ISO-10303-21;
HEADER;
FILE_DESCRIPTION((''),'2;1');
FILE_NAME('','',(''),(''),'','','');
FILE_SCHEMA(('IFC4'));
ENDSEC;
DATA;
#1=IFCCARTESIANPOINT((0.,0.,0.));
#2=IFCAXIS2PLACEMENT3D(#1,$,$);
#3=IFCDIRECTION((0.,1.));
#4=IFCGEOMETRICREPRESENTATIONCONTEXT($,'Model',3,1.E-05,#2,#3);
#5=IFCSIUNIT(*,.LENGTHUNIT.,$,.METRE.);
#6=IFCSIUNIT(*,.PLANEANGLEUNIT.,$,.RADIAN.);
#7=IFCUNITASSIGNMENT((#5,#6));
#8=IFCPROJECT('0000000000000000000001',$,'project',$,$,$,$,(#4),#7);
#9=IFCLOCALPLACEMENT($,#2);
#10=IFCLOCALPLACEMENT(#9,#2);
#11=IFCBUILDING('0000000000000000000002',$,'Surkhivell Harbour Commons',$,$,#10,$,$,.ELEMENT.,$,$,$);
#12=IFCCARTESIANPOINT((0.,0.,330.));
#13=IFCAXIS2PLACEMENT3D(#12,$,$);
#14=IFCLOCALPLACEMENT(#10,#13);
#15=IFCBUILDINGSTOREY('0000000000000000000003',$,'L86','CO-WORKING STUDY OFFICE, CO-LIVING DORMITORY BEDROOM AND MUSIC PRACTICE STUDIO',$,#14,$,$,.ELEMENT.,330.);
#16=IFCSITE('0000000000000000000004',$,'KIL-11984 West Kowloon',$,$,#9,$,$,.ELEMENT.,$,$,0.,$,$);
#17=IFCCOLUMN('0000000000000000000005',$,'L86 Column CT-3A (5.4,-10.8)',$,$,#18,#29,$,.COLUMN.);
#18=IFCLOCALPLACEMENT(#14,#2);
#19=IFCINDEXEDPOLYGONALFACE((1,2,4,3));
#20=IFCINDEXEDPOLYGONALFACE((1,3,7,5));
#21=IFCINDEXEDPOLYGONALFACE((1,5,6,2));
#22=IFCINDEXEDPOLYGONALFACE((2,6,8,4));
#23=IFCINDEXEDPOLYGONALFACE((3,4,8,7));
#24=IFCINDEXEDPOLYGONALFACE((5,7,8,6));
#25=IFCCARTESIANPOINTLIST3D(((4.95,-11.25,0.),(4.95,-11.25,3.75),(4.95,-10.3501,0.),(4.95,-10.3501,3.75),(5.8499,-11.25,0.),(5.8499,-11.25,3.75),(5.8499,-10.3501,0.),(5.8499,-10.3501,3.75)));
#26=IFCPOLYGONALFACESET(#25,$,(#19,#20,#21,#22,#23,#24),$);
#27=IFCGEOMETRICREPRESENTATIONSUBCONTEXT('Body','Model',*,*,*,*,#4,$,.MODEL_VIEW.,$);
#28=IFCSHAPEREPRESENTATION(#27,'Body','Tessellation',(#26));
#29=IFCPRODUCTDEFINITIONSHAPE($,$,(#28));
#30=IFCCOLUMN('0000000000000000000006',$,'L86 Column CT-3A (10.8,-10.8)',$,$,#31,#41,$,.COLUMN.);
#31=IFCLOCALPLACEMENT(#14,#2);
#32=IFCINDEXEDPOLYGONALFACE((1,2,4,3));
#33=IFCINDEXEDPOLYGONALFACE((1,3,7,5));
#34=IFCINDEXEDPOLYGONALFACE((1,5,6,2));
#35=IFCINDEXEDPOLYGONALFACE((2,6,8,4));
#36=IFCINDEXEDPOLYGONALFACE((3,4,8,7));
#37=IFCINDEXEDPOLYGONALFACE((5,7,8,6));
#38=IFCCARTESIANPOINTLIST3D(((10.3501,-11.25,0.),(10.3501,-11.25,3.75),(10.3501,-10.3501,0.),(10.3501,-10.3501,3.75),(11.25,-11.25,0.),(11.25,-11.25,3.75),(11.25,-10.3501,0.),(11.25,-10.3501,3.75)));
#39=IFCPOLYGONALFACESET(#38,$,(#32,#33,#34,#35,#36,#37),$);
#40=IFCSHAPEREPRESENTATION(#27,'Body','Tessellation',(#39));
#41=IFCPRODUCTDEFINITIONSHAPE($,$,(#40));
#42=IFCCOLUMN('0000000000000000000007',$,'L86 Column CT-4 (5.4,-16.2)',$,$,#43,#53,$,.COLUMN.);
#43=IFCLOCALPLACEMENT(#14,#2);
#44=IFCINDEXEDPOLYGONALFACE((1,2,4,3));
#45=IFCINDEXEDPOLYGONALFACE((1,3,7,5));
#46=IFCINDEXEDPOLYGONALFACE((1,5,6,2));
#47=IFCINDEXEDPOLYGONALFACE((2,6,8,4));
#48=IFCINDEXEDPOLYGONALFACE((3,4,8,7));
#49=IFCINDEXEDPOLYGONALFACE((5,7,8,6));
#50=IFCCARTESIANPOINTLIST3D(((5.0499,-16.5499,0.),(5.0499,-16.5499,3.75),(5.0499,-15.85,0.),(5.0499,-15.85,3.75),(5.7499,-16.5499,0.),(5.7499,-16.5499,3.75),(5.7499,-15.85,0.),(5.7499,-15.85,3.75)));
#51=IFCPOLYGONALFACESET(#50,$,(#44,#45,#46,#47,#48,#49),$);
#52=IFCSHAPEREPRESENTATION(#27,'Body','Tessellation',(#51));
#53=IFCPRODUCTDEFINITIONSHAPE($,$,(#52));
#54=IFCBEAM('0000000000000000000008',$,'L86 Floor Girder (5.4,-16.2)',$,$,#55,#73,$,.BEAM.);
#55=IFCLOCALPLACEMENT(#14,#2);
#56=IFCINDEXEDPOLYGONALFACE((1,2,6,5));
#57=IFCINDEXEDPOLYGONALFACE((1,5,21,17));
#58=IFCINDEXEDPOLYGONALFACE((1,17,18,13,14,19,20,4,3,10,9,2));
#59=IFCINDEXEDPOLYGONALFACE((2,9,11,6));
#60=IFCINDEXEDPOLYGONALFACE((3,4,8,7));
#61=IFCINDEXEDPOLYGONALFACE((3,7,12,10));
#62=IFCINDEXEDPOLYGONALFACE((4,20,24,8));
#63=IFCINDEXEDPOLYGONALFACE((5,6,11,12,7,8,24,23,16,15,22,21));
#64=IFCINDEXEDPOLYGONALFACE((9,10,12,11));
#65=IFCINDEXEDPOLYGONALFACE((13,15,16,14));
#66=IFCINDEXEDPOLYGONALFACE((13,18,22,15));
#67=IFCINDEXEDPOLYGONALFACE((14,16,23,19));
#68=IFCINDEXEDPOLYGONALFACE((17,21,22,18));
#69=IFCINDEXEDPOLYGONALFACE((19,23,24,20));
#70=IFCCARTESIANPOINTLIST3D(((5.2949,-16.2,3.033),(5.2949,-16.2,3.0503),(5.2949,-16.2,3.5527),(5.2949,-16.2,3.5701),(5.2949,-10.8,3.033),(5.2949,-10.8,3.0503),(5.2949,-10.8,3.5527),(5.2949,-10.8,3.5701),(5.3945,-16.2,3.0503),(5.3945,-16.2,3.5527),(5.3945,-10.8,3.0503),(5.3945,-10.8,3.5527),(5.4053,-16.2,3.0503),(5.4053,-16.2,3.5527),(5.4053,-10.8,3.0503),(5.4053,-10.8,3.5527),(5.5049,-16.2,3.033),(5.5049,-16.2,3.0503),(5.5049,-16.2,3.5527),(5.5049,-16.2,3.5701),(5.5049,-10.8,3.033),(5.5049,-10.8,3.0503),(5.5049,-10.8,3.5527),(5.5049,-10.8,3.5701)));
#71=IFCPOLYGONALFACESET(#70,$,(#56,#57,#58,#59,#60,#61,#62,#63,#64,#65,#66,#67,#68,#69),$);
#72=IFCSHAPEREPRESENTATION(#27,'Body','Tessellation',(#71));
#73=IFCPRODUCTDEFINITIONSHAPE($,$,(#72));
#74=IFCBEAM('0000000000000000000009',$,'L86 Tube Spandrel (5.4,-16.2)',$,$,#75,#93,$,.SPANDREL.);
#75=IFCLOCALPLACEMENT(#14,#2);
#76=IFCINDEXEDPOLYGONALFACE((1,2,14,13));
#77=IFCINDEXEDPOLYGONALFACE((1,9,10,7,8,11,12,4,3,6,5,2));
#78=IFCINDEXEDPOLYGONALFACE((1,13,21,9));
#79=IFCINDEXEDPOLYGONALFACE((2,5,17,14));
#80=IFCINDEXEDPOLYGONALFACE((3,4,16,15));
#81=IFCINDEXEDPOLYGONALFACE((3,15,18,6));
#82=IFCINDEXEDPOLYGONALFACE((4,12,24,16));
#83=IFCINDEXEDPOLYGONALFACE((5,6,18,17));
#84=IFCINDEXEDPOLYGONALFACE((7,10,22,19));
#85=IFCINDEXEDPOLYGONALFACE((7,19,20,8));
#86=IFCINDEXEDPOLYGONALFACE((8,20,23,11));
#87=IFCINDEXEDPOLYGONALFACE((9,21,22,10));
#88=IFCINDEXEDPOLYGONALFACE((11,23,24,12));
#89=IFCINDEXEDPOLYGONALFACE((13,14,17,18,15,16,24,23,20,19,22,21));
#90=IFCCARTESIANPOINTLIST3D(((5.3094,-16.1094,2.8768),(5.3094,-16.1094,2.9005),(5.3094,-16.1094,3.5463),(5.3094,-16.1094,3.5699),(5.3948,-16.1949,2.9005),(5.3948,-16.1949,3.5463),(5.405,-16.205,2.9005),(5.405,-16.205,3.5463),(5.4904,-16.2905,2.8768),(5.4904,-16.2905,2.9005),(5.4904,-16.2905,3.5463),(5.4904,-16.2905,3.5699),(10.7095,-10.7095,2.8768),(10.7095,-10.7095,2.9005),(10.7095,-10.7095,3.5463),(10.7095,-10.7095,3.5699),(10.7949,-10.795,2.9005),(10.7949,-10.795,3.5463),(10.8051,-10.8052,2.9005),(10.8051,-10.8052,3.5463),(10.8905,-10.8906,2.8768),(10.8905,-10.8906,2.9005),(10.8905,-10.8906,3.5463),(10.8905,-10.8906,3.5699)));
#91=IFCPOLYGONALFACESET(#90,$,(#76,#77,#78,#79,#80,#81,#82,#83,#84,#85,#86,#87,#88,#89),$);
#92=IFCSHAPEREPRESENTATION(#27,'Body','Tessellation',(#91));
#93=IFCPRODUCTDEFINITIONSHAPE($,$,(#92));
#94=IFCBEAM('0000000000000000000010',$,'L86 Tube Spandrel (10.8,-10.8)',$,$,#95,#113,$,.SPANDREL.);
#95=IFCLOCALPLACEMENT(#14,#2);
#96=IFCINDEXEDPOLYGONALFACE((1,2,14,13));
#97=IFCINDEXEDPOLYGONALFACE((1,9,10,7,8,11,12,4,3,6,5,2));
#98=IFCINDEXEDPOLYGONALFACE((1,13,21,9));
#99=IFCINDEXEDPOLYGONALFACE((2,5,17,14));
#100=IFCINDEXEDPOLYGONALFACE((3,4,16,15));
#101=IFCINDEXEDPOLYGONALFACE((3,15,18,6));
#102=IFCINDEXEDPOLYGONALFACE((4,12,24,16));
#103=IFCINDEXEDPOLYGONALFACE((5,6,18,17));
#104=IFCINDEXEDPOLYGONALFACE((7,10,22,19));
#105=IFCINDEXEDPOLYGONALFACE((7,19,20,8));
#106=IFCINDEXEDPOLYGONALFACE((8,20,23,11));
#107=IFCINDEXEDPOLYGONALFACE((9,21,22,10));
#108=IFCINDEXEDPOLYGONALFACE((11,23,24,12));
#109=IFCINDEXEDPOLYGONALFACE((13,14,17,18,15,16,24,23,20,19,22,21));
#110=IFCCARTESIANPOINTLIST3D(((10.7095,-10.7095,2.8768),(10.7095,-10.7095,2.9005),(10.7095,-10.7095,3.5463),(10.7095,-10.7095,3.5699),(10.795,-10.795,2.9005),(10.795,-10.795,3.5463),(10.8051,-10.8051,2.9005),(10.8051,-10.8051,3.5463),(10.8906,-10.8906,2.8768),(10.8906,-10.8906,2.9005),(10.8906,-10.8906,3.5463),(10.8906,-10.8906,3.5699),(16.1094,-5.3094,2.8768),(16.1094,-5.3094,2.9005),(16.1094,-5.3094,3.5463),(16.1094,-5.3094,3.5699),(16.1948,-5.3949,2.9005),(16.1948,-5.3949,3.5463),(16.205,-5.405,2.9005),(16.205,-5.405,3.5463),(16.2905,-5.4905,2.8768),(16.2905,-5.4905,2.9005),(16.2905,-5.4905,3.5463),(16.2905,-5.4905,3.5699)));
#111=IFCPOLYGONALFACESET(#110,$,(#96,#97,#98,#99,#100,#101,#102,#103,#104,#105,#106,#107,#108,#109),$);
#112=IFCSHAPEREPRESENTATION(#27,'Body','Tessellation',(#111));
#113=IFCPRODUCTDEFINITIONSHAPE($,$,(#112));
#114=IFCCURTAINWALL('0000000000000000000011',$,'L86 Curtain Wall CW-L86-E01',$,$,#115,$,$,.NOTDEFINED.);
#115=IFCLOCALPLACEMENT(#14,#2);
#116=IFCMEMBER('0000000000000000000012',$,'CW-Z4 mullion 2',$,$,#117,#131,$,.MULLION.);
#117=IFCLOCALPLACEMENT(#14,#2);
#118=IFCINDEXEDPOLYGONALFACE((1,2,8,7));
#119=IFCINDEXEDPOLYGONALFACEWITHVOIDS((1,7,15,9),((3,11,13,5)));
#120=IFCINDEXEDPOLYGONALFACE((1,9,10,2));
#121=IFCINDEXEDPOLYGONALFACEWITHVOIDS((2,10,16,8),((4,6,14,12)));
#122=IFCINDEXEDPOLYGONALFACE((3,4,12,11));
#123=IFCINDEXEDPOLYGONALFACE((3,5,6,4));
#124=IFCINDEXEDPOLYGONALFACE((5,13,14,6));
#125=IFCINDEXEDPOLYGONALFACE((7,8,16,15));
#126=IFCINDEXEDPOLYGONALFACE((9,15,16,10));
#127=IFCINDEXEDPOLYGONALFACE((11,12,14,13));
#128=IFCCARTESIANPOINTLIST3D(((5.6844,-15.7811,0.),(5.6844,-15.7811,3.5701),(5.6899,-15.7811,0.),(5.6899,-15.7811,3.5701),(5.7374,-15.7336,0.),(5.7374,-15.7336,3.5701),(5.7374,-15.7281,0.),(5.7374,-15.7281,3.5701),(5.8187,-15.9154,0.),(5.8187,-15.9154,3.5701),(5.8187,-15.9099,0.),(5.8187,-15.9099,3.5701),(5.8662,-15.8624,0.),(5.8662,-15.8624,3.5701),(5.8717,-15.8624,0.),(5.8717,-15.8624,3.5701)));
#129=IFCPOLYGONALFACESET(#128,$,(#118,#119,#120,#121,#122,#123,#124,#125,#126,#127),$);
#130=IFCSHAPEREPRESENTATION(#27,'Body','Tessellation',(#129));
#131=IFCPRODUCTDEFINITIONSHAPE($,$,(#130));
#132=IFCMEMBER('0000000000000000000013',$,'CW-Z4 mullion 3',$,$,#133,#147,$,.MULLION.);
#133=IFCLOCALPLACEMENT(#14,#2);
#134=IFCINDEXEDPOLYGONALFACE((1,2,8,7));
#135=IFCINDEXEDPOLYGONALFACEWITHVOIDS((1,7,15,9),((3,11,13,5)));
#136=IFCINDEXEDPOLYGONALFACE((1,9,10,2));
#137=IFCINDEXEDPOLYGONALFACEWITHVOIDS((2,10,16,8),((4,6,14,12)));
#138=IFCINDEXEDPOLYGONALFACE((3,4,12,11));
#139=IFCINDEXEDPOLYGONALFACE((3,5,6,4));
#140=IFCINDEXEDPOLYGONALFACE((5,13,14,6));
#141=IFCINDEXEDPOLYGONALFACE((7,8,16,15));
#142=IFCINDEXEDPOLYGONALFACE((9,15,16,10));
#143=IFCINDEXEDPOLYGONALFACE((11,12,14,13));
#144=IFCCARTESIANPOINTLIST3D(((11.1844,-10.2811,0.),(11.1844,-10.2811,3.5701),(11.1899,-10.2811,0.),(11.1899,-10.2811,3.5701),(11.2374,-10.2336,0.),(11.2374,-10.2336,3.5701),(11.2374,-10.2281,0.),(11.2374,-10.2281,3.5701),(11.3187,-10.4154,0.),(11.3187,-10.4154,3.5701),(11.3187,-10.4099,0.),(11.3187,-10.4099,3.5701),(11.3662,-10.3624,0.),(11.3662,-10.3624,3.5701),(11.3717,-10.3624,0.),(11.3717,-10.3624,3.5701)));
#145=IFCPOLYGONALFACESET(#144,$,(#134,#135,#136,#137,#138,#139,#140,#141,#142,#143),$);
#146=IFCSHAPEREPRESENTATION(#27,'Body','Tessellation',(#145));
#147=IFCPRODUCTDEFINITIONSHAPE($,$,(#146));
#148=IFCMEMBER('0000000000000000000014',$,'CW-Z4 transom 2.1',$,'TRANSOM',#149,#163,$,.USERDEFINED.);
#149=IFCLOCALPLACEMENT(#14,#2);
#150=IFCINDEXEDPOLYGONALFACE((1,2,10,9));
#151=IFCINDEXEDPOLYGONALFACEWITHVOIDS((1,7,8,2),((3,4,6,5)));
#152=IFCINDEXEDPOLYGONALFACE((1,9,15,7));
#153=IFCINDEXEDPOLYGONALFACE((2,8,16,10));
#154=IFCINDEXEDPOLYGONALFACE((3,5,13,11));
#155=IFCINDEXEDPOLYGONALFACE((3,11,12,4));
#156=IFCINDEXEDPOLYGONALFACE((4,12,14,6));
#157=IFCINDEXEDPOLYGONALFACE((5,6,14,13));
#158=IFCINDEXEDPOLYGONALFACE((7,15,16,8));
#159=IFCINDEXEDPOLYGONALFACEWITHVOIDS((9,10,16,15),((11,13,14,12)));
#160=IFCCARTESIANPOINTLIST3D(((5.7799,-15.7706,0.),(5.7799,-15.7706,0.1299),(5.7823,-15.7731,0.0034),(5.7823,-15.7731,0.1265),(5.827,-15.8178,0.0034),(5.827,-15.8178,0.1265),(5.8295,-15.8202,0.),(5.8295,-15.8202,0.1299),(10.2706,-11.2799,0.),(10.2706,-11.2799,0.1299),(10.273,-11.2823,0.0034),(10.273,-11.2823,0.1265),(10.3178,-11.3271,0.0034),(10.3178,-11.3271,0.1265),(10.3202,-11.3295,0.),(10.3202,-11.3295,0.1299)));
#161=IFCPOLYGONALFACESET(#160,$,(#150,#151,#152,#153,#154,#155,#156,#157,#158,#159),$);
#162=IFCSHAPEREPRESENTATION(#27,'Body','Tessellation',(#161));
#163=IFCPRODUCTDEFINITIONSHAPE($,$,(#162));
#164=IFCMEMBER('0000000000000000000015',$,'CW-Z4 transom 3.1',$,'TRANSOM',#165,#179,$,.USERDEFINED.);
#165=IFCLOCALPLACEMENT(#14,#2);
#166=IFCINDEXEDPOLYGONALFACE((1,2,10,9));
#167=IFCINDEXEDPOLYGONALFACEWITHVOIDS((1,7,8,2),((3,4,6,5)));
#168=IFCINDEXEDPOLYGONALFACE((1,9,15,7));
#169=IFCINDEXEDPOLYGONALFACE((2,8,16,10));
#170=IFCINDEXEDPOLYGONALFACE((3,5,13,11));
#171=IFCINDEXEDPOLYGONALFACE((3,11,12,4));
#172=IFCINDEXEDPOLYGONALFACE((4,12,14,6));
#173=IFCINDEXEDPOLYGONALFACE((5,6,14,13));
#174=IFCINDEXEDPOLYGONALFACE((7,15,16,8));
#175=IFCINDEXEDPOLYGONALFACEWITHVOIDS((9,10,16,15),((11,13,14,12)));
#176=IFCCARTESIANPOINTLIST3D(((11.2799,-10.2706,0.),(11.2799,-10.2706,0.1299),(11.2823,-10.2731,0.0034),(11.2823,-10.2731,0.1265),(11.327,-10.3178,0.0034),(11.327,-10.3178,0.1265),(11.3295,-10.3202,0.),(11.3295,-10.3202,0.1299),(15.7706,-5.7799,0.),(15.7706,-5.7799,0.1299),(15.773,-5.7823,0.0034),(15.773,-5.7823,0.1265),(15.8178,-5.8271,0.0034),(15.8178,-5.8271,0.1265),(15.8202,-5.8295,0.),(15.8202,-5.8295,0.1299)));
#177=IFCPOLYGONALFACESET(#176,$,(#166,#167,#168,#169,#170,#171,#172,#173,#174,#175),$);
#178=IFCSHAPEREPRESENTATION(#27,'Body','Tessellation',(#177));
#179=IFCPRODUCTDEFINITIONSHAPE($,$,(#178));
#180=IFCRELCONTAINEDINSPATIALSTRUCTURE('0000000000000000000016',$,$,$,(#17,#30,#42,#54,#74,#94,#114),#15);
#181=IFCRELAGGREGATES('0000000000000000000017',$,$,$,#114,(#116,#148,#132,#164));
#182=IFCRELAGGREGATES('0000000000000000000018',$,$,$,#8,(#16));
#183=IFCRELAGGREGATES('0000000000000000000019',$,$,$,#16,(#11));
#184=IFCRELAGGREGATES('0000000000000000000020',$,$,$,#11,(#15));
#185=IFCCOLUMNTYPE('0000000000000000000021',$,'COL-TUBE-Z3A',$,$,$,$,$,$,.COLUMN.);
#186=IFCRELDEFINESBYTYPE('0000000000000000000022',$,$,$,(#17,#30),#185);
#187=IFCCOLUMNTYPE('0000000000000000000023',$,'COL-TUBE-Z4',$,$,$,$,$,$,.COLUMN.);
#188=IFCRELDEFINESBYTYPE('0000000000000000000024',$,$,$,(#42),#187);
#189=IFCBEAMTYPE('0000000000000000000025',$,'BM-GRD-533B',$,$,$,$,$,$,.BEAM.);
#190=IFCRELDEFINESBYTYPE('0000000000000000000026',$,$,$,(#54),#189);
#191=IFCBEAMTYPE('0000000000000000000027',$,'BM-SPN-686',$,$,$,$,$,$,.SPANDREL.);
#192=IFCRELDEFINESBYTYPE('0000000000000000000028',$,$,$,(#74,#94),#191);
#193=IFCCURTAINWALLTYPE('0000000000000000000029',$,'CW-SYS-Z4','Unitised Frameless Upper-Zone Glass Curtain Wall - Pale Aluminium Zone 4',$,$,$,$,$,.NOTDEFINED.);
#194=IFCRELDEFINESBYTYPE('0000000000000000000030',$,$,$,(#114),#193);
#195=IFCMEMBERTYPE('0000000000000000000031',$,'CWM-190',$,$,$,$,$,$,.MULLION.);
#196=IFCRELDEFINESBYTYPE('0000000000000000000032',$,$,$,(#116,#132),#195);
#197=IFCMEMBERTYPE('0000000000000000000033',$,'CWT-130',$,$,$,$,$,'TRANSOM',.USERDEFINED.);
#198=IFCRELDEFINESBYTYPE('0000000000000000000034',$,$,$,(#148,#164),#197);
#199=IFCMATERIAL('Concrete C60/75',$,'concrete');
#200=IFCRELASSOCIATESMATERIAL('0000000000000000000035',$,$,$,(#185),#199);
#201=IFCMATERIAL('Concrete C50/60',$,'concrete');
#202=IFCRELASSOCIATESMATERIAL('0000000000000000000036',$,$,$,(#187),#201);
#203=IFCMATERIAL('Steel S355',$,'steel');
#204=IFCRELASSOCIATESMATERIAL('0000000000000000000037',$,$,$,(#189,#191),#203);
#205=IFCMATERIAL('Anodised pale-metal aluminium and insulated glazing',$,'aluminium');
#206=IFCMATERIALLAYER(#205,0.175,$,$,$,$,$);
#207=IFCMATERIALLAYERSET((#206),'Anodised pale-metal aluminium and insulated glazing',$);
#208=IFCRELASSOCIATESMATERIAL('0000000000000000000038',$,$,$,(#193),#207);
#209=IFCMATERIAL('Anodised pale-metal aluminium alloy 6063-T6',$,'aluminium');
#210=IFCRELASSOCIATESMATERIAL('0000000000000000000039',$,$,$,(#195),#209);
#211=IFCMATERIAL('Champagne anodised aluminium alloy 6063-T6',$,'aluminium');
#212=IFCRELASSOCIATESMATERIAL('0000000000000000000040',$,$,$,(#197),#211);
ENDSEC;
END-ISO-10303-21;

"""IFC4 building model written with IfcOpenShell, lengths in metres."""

from ifc_helpers import new_model, si_unit, direction, frame, origin, origin_2d, place, context, subcontext, project, spatial, rectangle, hollow_rectangle, i_section, extrude, material, layer, layer_set, material_profile, profile_set, type_object, element, aggregate, save


model = new_model("IFC4")

# Units and contexts
model_context = context("Model", 3, precision=1e-05, world=origin(), true_north=direction((0.0, 1.0)))
body_context = subcontext(model_context, "Body", "Model", "MODEL_VIEW")
ifc_project = project(units=[si_unit("LENGTHUNIT", "METRE"), si_unit("PLANEANGLEUNIT", "RADIAN")], contexts=[model_context])

# Site, building, storey
site_placement = place(None, origin())
site = spatial("IfcSite", under=ifc_project, at=site_placement, Name="KIL-11984 West Kowloon", CompositionType="ELEMENT", RefElevation=0.0)
building_placement = place(site_placement, origin())
building = spatial("IfcBuilding", under=site, at=building_placement, Name="Surkhivell Harbour Commons", CompositionType="ELEMENT")
storey_placement = place(building_placement, frame((0.0, 0.0, 330.0)))
storey = spatial("IfcBuildingStorey", under=building, at=storey_placement, Name="L86", Description="CO-WORKING STUDY OFFICE, CO-LIVING DORMITORY BEDROOM AND MUSIC PRACTICE STUDIO", CompositionType="ELEMENT", Elevation=330.0)

# Columns
ifc_material_1 = material(Name="Concrete C60/75", Category="concrete")
ifc_material_profile_1 = material_profile(ifc_material_1, rectangle(XDim=0.8999, YDim=0.8999, at=origin_2d()), Name="RC-COL-900x900")
ifc_profile_set_1 = profile_set([ifc_material_profile_1], Name="Concrete C60/75")
column_type_1 = type_object("IfcColumnType", Name="COL-TUBE-Z3A", PredefinedType="COLUMN", material=ifc_profile_set_1)
for number, where, z_axis, x_axis, name in (
    (1, (5.3999, -10.8, 0.0), (0.0, 0.0, 1.0), (1.0, 0.0, 0.0), "L86 Column CT-3A (5.4,-10.8)"),
    (2, (10.8, -10.8, 0.0), (0.0, 0.0, 1.0), (1.0, 0.0, 0.0), "L86 Column CT-3A (10.8,-10.8)"),
):
    element("IfcColumn", number, at=place(storey_placement, frame(where, z_axis=z_axis, x_axis=x_axis)), inside=storey, type_object=column_type_1, Name=name, PredefinedType="COLUMN", context=body_context, shape_type="SweptSolid", body=[
        extrude(rectangle(XDim=0.8999, YDim=0.8999, at=origin_2d()), origin(), (0.0, 0.0, 1.0), 3.75),
    ])
ifc_material_2 = material(Name="Concrete C50/60", Category="concrete")
ifc_material_profile_2 = material_profile(ifc_material_2, rectangle(XDim=0.7, YDim=0.7, at=origin_2d()), Name="RC-COL-700x700")
ifc_profile_set_2 = profile_set([ifc_material_profile_2], Name="Concrete C50/60")
column_type_2 = type_object("IfcColumnType", Name="COL-TUBE-Z4", PredefinedType="COLUMN", material=ifc_profile_set_2)
column_placement = place(storey_placement, frame((5.3999, -16.2, 0.0), z_axis=(0.0, 0.0, 1.0), x_axis=(1.0, 0.0, 0.0)))
element("IfcColumn", 3, at=column_placement, inside=storey, type_object=column_type_2, Name="L86 Column CT-4 (5.4,-16.2)", PredefinedType="COLUMN", context=body_context, shape_type="SweptSolid", body=[
    extrude(rectangle(XDim=0.7, YDim=0.7, at=origin_2d()), origin(), (0.0, 0.0, 1.0), 3.75),
])

# Beams
ifc_material_3 = material(Name="Steel S355", Category="steel")
ifc_material_profile_3 = material_profile(ifc_material_3, i_section(OverallWidth=0.21, OverallDepth=0.5371, WebThickness=0.0107, FlangeThickness=0.0173, at=origin_2d()), Name="UB533x210x101")
ifc_profile_set_3 = profile_set([ifc_material_profile_3], Name="Steel S355")
beam_type_1 = type_object("IfcBeamType", Name="BM-GRD-533B", PredefinedType="BEAM", material=ifc_profile_set_3)
beam_placement = place(storey_placement, frame((5.3999, -16.2, 3.3015), z_axis=(0.0, 1.0, 0.0), x_axis=(-1.0, 0.0, 0.0)))
element("IfcBeam", 4, at=beam_placement, inside=storey, type_object=beam_type_1, Name="L86 Floor Girder (5.4,-16.2)", PredefinedType="BEAM", context=body_context, shape_type="SweptSolid", body=[
    extrude(i_section(OverallWidth=0.21, OverallDepth=0.5371, WebThickness=0.0107, FlangeThickness=0.0173, at=origin_2d()), origin(), (0.0, 0.0, 1.0), 5.3999),
])
ifc_material_profile_4 = material_profile(ifc_material_3, i_section(OverallWidth=0.2561, OverallDepth=0.6931, WebThickness=0.0144, FlangeThickness=0.0237, at=origin_2d()), Name="UB686x254x170")
ifc_profile_set_4 = profile_set([ifc_material_profile_4], Name="Steel S355")
beam_type_2 = type_object("IfcBeamType", Name="BM-SPN-686", PredefinedType="SPANDREL", material=ifc_profile_set_4)
for number, where, z_axis, x_axis, name in (
    (5, (5.3999, -16.2, 3.2234), (0.707123, 0.707091, 0.0), (-0.707091, 0.707123, 0.0), "L86 Tube Spandrel (5.4,-16.2)"),
    (6, (10.8, -10.8, 3.2234), (0.707091, 0.707123, 0.0), (-0.707123, 0.707091, 0.0), "L86 Tube Spandrel (10.8,-10.8)"),
):
    element("IfcBeam", number, at=place(storey_placement, frame(where, z_axis=z_axis, x_axis=x_axis)), inside=storey, type_object=beam_type_2, Name=name, PredefinedType="SPANDREL", context=body_context, shape_type="SweptSolid", body=[
        extrude(i_section(OverallWidth=0.2561, OverallDepth=0.6931, WebThickness=0.0144, FlangeThickness=0.0237, at=origin_2d()), origin(), (0.0, 0.0, 1.0), 7.6367),
    ])

# Curtain wall, members
ifc_material_4 = material(Name="Anodised pale-metal aluminium and insulated glazing", Category="aluminium")
ifc_layer_1 = layer(ifc_material_4, 0.175)
ifc_layer_set_1 = layer_set([ifc_layer_1], Name="Anodised pale-metal aluminium and insulated glazing")
curtain_wall_type = type_object("IfcCurtainWallType", Name="CW-SYS-Z4", Description="Unitised Frameless Upper-Zone Glass Curtain Wall - Pale Aluminium Zone 4", PredefinedType="NOTDEFINED", material=ifc_layer_set_1)
curtain_wall_placement = place(storey_placement, origin())
curtain_wall = element("IfcCurtainWall", 7, at=curtain_wall_placement, inside=storey, type_object=curtain_wall_type, Name="L86 Curtain Wall CW-L86-E01", PredefinedType="NOTDEFINED")
ifc_material_5 = material(Name="Anodised pale-metal aluminium alloy 6063-T6", Category="aluminium")
ifc_material_profile_5 = material_profile(ifc_material_5, hollow_rectangle(XDim=0.075, YDim=0.1899, WallThickness=0.0039, at=origin_2d()), Name="ALU-MULL-75x190")
ifc_profile_set_5 = profile_set([ifc_material_profile_5], Name="Anodised pale-metal aluminium alloy 6063-T6")
member_type_1 = type_object("IfcMemberType", Name="CWM-190", PredefinedType="MULLION", material=ifc_profile_set_5)
member_1_placement = place(storey_placement, frame((5.7781, -15.8218, 0.0), z_axis=(0.0, 0.0, 1.0), x_axis=(0.707107, 0.707107, 0.0)))
member_1 = element("IfcMember", 8, at=member_1_placement, type_object=member_type_1, Name="CW-Z4 mullion 2", PredefinedType="MULLION", context=body_context, shape_type="SweptSolid", body=[
    extrude(hollow_rectangle(XDim=0.075, YDim=0.1899, WallThickness=0.0039, at=origin_2d()), origin(), (0.0, 0.0, 1.0), 3.5701),
])
member_2_placement = place(storey_placement, frame((11.2781, -10.3218, 0.0), z_axis=(0.0, 0.0, 1.0), x_axis=(0.707107, 0.707107, 0.0)))
member_2 = element("IfcMember", 9, at=member_2_placement, type_object=member_type_1, Name="CW-Z4 mullion 3", PredefinedType="MULLION", context=body_context, shape_type="SweptSolid", body=[
    extrude(hollow_rectangle(XDim=0.075, YDim=0.1899, WallThickness=0.0039, at=origin_2d()), origin(), (0.0, 0.0, 1.0), 3.5701),
])
ifc_material_6 = material(Name="Champagne anodised aluminium alloy 6063-T6", Category="aluminium")
ifc_material_profile_6 = material_profile(ifc_material_6, hollow_rectangle(XDim=0.0701, YDim=0.1299, WallThickness=0.0034, at=origin_2d()), Name="ALU-TRAN-70x130")
ifc_profile_set_6 = profile_set([ifc_material_profile_6], Name="Champagne anodised aluminium alloy 6063-T6")
member_type_2 = type_object("IfcMemberType", Name="CWT-130", ElementType="TRANSOM", PredefinedType="USERDEFINED", material=ifc_profile_set_6)
member_3_placement = place(storey_placement, frame((5.8047, -15.7954, 0.0649), z_axis=(0.707107, 0.707107, 0.0), x_axis=(-0.707107, 0.707107, 0.0)))
member_3 = element("IfcMember", 10, at=member_3_placement, type_object=member_type_2, Name="CW-Z4 transom 2.1", ObjectType="TRANSOM", PredefinedType="USERDEFINED", context=body_context, shape_type="SweptSolid", body=[
    extrude(hollow_rectangle(XDim=0.0701, YDim=0.1299, WallThickness=0.0034, at=origin_2d()), origin(), (0.0, 0.0, 1.0), 6.3508),
])
member_4_placement = place(storey_placement, frame((11.3047, -10.2954, 0.0649), z_axis=(0.707107, 0.707107, 0.0), x_axis=(-0.707107, 0.707107, 0.0)))
member_4 = element("IfcMember", 11, at=member_4_placement, type_object=member_type_2, Name="CW-Z4 transom 3.1", ObjectType="TRANSOM", PredefinedType="USERDEFINED", context=body_context, shape_type="SweptSolid", body=[
    extrude(hollow_rectangle(XDim=0.0701, YDim=0.1299, WallThickness=0.0034, at=origin_2d()), origin(), (0.0, 0.0, 1.0), 6.3508),
])
aggregate(curtain_wall, [member_1, member_3, member_2, member_4])

save(model, "model.ifc")
